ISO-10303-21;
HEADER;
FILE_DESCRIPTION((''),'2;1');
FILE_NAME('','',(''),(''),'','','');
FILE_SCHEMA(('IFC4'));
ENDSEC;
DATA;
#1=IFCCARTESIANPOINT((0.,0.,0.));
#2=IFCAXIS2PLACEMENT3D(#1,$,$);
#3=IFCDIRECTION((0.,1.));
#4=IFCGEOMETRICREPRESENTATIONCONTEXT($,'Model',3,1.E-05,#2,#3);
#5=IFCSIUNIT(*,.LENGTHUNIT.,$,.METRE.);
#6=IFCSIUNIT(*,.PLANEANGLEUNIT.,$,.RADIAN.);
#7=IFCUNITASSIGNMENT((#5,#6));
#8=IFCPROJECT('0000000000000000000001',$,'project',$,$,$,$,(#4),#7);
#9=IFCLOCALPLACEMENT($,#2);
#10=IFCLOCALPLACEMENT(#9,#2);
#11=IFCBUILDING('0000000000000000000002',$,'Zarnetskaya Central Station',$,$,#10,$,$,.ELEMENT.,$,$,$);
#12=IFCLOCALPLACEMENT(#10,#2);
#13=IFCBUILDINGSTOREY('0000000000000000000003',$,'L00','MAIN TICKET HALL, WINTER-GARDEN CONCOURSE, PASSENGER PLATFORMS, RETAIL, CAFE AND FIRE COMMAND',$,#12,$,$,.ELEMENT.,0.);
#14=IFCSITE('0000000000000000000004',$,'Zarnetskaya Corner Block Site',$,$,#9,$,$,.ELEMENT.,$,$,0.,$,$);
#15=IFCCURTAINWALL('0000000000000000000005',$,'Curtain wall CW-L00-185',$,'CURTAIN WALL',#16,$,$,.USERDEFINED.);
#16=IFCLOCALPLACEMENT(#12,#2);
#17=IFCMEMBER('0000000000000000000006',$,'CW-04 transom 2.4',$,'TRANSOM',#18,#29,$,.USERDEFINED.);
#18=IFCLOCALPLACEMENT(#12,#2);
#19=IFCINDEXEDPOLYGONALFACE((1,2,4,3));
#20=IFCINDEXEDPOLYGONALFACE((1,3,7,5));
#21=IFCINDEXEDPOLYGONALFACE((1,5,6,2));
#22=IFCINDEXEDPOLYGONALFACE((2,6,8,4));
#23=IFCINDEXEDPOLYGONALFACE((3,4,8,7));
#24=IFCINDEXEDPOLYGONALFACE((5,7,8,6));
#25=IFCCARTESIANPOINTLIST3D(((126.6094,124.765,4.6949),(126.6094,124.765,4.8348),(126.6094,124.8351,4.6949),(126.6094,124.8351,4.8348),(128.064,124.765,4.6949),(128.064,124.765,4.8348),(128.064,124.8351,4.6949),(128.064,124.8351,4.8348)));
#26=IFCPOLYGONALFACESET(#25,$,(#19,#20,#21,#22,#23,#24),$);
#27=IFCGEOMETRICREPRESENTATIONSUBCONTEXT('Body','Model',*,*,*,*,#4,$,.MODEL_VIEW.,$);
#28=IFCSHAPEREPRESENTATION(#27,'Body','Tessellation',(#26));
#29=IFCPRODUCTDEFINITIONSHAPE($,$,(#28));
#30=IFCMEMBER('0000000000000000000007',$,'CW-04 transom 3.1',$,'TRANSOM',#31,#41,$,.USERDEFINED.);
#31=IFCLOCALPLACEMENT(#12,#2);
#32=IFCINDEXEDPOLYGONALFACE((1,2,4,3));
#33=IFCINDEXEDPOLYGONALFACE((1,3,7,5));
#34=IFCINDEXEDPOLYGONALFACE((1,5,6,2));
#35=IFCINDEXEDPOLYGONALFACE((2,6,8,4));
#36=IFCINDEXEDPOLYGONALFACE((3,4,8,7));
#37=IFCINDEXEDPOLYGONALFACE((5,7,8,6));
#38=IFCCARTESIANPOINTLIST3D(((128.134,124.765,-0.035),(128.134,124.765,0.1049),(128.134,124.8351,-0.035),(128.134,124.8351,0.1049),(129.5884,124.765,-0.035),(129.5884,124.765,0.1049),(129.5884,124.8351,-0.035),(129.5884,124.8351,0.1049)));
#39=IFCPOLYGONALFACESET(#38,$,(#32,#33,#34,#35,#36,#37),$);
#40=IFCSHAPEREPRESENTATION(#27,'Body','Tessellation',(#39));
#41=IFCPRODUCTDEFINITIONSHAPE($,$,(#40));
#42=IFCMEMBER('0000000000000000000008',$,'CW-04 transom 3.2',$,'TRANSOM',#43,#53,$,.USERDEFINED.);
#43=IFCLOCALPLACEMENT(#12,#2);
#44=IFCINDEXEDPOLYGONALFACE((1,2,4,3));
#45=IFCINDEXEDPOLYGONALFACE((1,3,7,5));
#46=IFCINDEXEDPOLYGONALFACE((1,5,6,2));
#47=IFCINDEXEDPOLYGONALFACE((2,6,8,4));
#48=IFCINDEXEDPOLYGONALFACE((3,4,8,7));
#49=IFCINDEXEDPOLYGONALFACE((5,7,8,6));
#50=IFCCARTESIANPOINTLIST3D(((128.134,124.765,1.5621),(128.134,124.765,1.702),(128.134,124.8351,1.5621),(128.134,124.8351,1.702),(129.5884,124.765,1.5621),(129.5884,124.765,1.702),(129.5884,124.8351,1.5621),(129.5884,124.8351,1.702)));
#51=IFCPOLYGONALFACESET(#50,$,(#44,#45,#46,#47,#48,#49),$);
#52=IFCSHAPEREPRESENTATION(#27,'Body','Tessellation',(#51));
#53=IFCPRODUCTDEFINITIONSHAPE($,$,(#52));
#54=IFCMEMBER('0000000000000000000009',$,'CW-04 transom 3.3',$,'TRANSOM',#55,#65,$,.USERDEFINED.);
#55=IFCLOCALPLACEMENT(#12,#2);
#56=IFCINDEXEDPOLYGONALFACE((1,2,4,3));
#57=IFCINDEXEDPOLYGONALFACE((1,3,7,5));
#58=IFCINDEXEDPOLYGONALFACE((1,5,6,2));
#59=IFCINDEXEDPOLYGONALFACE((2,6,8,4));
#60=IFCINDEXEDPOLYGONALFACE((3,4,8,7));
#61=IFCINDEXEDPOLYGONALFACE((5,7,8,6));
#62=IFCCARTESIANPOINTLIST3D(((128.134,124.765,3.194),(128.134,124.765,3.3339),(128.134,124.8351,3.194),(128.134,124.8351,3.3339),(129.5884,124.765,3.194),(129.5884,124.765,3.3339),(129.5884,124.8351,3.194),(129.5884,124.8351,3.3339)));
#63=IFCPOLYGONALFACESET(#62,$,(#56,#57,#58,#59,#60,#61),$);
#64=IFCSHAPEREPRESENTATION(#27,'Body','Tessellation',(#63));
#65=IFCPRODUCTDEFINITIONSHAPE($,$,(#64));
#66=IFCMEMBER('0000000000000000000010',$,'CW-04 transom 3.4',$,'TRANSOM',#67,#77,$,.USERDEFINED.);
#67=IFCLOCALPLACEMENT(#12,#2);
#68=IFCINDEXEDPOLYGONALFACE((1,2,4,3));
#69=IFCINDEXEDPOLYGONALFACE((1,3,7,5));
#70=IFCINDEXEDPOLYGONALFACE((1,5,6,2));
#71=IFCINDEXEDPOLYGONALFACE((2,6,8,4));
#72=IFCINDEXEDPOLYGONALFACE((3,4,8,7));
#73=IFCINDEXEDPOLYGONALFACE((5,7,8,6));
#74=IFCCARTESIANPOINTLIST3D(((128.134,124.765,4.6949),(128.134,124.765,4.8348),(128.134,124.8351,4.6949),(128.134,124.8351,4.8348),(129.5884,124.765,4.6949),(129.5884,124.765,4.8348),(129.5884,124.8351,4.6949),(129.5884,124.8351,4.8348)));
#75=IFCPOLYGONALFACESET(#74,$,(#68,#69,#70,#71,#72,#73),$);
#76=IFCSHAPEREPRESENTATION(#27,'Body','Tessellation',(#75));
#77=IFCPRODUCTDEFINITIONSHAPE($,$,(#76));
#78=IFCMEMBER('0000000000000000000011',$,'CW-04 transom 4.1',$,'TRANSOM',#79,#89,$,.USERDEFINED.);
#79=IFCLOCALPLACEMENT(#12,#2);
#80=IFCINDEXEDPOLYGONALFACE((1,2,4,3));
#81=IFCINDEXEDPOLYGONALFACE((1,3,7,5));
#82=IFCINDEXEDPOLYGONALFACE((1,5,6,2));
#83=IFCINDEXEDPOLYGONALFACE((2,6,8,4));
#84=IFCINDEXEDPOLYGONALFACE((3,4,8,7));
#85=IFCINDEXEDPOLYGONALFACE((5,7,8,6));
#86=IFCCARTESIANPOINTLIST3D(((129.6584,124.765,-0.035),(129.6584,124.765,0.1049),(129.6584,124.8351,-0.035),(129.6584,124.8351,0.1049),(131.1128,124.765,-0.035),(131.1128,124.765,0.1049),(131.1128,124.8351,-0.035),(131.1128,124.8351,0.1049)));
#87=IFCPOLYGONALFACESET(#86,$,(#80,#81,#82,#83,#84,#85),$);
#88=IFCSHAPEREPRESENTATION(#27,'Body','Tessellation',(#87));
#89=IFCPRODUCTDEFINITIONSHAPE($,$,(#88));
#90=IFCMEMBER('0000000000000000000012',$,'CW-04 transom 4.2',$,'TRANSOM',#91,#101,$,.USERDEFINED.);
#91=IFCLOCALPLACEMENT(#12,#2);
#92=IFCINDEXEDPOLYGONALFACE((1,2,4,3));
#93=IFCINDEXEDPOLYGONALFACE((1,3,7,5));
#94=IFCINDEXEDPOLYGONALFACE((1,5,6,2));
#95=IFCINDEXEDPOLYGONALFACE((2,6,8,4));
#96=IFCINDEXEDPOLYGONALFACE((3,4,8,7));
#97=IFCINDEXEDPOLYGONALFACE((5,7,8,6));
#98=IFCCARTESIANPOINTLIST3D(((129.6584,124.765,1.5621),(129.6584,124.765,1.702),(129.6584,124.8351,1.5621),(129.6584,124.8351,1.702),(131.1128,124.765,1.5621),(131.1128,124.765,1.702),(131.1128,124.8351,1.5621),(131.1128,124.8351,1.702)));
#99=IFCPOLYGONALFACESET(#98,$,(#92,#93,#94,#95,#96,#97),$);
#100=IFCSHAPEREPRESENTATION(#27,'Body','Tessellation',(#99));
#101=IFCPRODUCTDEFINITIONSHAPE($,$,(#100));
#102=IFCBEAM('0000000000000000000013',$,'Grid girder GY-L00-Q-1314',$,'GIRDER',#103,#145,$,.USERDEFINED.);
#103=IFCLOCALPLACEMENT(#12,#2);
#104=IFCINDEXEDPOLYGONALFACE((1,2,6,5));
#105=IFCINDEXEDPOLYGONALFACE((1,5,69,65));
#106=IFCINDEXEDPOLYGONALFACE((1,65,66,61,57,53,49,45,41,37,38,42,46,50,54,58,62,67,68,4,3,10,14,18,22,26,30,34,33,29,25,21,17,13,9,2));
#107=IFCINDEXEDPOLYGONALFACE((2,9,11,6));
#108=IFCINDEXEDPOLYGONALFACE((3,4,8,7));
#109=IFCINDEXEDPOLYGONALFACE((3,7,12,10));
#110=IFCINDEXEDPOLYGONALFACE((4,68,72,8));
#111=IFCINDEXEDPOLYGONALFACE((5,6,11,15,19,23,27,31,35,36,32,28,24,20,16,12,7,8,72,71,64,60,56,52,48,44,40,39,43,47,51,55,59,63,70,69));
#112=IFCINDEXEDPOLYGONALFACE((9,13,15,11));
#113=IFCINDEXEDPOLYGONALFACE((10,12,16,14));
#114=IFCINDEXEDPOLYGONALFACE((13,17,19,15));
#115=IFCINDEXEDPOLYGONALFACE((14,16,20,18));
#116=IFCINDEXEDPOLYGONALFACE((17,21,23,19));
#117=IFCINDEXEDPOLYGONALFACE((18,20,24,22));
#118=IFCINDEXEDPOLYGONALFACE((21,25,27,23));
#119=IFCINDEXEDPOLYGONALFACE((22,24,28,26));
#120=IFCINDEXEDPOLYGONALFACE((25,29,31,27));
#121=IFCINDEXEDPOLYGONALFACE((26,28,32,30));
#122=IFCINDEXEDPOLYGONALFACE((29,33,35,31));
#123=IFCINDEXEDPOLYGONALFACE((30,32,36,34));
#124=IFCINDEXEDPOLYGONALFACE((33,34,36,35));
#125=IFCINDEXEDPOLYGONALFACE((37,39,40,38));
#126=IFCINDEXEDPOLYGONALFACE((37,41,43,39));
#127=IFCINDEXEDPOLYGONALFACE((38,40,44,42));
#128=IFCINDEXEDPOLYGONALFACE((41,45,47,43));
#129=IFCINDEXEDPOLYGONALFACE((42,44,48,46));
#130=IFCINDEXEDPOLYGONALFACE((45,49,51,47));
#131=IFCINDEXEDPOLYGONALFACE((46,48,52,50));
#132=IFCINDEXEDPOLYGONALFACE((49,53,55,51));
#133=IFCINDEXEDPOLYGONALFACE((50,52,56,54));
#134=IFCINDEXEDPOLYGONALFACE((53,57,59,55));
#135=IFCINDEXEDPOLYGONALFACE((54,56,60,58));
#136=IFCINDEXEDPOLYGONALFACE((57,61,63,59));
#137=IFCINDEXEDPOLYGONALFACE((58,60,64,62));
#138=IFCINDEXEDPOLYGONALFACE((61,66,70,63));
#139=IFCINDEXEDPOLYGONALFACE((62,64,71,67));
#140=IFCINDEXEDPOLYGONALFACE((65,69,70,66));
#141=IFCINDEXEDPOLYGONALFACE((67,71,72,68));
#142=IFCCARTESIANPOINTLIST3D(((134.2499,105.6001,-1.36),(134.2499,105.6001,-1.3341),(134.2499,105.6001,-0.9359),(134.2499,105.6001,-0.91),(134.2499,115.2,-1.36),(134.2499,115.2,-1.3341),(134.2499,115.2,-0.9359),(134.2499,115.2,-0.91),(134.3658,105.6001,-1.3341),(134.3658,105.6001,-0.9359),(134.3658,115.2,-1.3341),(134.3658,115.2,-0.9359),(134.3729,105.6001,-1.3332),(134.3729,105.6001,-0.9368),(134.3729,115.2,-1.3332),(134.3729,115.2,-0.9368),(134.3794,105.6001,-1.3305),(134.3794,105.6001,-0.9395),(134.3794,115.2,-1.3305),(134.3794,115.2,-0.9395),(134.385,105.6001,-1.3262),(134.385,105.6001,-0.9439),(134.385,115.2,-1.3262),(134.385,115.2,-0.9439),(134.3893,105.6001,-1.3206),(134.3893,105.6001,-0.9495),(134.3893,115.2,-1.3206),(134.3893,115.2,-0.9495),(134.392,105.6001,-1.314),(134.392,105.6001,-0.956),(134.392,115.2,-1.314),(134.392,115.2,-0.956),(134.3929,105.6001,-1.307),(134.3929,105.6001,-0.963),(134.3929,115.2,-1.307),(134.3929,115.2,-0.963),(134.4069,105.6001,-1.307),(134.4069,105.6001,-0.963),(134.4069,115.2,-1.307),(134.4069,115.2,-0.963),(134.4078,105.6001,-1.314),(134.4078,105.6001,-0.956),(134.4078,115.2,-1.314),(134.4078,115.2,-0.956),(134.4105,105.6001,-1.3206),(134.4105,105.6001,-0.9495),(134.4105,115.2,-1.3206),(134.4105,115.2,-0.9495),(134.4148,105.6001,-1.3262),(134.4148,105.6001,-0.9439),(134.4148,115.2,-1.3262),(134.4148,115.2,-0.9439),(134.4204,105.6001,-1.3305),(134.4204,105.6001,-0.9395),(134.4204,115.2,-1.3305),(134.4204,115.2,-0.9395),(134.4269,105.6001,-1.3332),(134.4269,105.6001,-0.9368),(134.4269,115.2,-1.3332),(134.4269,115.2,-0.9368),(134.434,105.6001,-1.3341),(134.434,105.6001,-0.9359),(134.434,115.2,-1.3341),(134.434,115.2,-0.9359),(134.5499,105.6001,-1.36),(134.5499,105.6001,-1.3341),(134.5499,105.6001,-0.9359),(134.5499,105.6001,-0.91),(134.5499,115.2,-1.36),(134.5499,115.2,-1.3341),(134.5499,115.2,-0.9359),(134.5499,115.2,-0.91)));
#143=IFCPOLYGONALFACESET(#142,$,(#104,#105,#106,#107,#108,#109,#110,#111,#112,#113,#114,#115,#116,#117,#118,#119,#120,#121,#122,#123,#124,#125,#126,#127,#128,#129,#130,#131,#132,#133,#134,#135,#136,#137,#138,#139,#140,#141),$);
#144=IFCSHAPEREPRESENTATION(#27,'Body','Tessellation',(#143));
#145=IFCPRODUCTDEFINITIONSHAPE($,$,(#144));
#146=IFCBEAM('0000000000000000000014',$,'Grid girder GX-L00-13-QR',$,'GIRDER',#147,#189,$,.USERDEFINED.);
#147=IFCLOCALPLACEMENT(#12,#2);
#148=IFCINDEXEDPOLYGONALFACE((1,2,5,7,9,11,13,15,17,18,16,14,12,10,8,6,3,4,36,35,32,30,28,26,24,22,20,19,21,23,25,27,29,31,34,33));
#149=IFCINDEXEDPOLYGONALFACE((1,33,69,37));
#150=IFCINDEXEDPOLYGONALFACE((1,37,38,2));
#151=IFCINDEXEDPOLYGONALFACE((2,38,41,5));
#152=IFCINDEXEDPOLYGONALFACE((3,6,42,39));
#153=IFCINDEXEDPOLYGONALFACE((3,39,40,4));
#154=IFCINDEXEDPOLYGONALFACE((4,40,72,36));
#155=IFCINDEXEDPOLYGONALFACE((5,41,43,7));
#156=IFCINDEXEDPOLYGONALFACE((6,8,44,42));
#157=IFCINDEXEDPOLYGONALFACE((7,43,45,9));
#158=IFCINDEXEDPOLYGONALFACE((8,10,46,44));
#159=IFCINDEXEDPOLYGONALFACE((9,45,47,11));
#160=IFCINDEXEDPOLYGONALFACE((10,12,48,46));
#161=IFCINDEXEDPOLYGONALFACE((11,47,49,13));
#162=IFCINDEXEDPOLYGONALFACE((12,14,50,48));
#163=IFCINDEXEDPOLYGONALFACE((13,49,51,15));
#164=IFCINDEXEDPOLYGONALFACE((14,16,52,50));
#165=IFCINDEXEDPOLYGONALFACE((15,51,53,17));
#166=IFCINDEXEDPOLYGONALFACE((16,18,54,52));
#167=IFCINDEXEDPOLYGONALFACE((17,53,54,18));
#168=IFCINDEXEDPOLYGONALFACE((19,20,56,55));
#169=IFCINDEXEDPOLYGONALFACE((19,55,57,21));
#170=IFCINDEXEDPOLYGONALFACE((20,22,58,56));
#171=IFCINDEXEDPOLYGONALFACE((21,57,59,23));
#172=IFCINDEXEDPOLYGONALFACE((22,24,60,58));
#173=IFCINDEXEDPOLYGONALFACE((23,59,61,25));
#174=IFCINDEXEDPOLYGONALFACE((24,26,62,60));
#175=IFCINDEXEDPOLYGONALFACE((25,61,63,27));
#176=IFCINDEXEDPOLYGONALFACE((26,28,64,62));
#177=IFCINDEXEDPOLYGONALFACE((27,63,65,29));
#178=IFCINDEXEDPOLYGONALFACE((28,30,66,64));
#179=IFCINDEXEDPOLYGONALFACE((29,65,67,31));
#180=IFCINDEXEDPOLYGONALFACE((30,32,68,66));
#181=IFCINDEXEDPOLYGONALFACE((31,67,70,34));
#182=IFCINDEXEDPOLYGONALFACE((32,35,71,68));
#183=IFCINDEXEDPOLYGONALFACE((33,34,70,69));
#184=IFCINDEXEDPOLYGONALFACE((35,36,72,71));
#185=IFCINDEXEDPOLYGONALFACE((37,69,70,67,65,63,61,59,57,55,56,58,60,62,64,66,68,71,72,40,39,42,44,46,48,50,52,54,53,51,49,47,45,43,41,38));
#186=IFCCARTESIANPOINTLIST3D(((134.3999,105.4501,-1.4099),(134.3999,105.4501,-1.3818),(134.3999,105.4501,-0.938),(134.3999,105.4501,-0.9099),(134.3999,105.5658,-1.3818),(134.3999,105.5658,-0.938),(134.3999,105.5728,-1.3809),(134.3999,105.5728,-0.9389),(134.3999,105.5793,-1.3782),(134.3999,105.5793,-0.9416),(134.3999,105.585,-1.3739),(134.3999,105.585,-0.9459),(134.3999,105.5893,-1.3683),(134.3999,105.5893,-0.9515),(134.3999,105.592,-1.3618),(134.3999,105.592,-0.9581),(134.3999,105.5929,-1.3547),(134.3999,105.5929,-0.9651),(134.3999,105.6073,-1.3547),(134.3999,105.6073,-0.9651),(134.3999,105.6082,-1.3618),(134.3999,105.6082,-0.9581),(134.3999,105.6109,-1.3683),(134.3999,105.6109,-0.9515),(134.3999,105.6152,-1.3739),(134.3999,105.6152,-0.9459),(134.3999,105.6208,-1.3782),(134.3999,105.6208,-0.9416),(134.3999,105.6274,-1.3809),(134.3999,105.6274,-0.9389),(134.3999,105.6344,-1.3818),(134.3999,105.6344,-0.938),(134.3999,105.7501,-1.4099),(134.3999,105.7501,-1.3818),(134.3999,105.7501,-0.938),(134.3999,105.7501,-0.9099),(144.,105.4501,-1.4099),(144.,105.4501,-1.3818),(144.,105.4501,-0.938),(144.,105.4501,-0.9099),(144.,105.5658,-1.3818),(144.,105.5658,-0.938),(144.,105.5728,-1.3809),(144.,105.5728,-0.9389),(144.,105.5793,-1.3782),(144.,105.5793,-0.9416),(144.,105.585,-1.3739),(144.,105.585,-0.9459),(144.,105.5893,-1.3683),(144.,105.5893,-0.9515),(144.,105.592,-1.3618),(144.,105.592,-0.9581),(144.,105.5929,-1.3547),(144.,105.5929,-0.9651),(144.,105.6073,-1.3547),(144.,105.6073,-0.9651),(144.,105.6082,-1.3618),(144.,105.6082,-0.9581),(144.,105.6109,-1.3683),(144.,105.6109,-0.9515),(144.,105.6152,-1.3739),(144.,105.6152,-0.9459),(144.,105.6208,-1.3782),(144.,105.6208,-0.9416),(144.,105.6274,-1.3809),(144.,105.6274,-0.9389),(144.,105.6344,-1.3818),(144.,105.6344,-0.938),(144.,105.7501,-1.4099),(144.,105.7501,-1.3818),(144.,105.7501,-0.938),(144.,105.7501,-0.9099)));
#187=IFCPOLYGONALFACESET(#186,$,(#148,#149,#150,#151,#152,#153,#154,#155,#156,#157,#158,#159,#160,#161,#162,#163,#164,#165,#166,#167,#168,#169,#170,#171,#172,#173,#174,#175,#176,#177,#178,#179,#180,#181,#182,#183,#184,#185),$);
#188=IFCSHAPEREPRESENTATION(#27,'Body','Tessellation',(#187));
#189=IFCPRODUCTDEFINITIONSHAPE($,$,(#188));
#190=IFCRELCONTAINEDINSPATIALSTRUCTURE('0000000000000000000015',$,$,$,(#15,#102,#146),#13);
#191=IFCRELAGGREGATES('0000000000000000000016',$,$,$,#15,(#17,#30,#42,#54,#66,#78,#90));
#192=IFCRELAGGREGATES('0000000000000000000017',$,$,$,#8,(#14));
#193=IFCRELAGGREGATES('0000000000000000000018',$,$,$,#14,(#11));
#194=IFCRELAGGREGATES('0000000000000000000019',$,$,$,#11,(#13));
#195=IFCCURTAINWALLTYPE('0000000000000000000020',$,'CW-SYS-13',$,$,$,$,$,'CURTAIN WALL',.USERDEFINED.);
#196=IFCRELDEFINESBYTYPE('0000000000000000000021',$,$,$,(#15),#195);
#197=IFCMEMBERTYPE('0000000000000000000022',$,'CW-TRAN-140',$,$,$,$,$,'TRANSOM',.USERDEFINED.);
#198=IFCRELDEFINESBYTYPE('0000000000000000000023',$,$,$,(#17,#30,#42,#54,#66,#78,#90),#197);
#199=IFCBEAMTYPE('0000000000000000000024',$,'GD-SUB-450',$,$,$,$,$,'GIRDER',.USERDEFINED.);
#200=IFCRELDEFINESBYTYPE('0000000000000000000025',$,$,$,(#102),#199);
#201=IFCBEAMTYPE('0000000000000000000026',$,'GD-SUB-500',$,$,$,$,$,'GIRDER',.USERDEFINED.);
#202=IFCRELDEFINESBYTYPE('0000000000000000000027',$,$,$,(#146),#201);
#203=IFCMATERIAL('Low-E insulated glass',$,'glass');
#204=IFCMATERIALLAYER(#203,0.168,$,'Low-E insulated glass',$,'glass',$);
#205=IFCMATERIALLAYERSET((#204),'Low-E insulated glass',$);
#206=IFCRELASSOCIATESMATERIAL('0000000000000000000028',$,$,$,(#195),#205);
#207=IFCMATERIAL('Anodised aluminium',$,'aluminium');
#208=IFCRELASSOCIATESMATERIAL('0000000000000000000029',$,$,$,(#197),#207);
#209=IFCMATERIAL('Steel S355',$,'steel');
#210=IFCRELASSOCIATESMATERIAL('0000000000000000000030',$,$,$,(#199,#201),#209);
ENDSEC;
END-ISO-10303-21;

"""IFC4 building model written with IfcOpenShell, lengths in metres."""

from ifc_helpers import new_model, si_unit, direction, frame, origin, origin_2d, place, context, subcontext, project, spatial, rectangle, i_section, extrude, material, layer, layer_set, material_profile, profile_set, type_object, element, aggregate, save


model = new_model("IFC4")

# Units and contexts
model_context = context("Model", 3, precision=1e-05, world=origin(), true_north=direction((0.0, 1.0)))
body_context = subcontext(model_context, "Body", "Model", "MODEL_VIEW")
ifc_project = project(units=[si_unit("LENGTHUNIT", "METRE"), si_unit("PLANEANGLEUNIT", "RADIAN")], contexts=[model_context])

# Site, building, storey
site_placement = place(None, origin())
site = spatial("IfcSite", under=ifc_project, at=site_placement, Name="Zarnetskaya Corner Block Site", CompositionType="ELEMENT", RefElevation=0.0)
building_placement = place(site_placement, origin())
building = spatial("IfcBuilding", under=site, at=building_placement, Name="Zarnetskaya Central Station", CompositionType="ELEMENT")
storey_placement = place(building_placement, origin())
storey = spatial("IfcBuildingStorey", under=building, at=storey_placement, Name="L00", Description="MAIN TICKET HALL, WINTER-GARDEN CONCOURSE, PASSENGER PLATFORMS, RETAIL, CAFE AND FIRE COMMAND", CompositionType="ELEMENT", Elevation=0.0)

# Shared definitions
ifc_material_1 = material(Name="Steel S355", Category="steel")

# Curtain wall, members
ifc_material_2 = material(Name="Low-E insulated glass", Category="glass")
ifc_layer_1 = layer(ifc_material_2, 0.168, Name="Low-E insulated glass", Category="glass")
ifc_layer_set_1 = layer_set([ifc_layer_1], Name="Low-E insulated glass")
curtain_wall_type = type_object("IfcCurtainWallType", Name="CW-SYS-13", ElementType="CURTAIN WALL", PredefinedType="USERDEFINED", material=ifc_layer_set_1)
curtain_wall_placement = place(storey_placement, origin())
curtain_wall = element("IfcCurtainWall", 1, at=curtain_wall_placement, inside=storey, type_object=curtain_wall_type, Name="Curtain wall CW-L00-185", ObjectType="CURTAIN WALL", PredefinedType="USERDEFINED")
ifc_material_3 = material(Name="Anodised aluminium", Category="aluminium")
ifc_material_profile_1 = material_profile(ifc_material_3, rectangle(XDim=0.0701, YDim=0.1399, at=origin_2d()), Name="ALU TRAN 70x140")
ifc_profile_set_1 = profile_set([ifc_material_profile_1], Name="Anodised aluminium")
member_type_1 = type_object("IfcMemberType", Name="CW-TRAN-140", ElementType="TRANSOM", PredefinedType="USERDEFINED", material=ifc_profile_set_1)
member_1_placement = place(storey_placement, frame((126.6094, 124.8, 4.7649), z_axis=(1.0, 0.0, 0.0), x_axis=(0.0, 1.0, 0.0)))
member_1 = element("IfcMember", 2, at=member_1_placement, type_object=member_type_1, Name="CW-04 transom 2.4", ObjectType="TRANSOM", PredefinedType="USERDEFINED", context=body_context, shape_type="SweptSolid", body=[
    extrude(rectangle(XDim=0.0701, YDim=0.1399, at=origin_2d()), origin(), (0.0, 0.0, 1.0), 1.4546),
])
member_2_placement = place(storey_placement, frame((128.134, 124.8, 0.0349), z_axis=(1.0, 0.0, 0.0), x_axis=(0.0, 1.0, 0.0)))
member_2 = element("IfcMember", 3, at=member_2_placement, type_object=member_type_1, Name="CW-04 transom 3.1", ObjectType="TRANSOM", PredefinedType="USERDEFINED", context=body_context, shape_type="SweptSolid", body=[
    extrude(rectangle(XDim=0.0701, YDim=0.1399, at=origin_2d()), origin(), (0.0, 0.0, 1.0), 1.4543),
])
member_3_placement = place(storey_placement, frame((128.134, 124.8, 1.6321), z_axis=(1.0, 0.0, 0.0), x_axis=(0.0, 1.0, 0.0)))
member_3 = element("IfcMember", 4, at=member_3_placement, type_object=member_type_1, Name="CW-04 transom 3.2", ObjectType="TRANSOM", PredefinedType="USERDEFINED", context=body_context, shape_type="SweptSolid", body=[
    extrude(rectangle(XDim=0.0701, YDim=0.1399, at=origin_2d()), origin(), (0.0, 0.0, 1.0), 1.4543),
])
member_4_placement = place(storey_placement, frame((128.134, 124.8, 3.2639), z_axis=(1.0, 0.0, 0.0), x_axis=(0.0, 1.0, 0.0)))
member_4 = element("IfcMember", 5, at=member_4_placement, type_object=member_type_1, Name="CW-04 transom 3.3", ObjectType="TRANSOM", PredefinedType="USERDEFINED", context=body_context, shape_type="SweptSolid", body=[
    extrude(rectangle(XDim=0.0701, YDim=0.1399, at=origin_2d()), origin(), (0.0, 0.0, 1.0), 1.4543),
])
member_5_placement = place(storey_placement, frame((128.134, 124.8, 4.7649), z_axis=(1.0, 0.0, 0.0), x_axis=(0.0, 1.0, 0.0)))
member_5 = element("IfcMember", 6, at=member_5_placement, type_object=member_type_1, Name="CW-04 transom 3.4", ObjectType="TRANSOM", PredefinedType="USERDEFINED", context=body_context, shape_type="SweptSolid", body=[
    extrude(rectangle(XDim=0.0701, YDim=0.1399, at=origin_2d()), origin(), (0.0, 0.0, 1.0), 1.4543),
])
member_6_placement = place(storey_placement, frame((129.6584, 124.8, 0.0349), z_axis=(1.0, 0.0, 0.0), x_axis=(0.0, 1.0, 0.0)))
member_6 = element("IfcMember", 7, at=member_6_placement, type_object=member_type_1, Name="CW-04 transom 4.1", ObjectType="TRANSOM", PredefinedType="USERDEFINED", context=body_context, shape_type="SweptSolid", body=[
    extrude(rectangle(XDim=0.0701, YDim=0.1399, at=origin_2d()), origin(), (0.0, 0.0, 1.0), 1.4543),
])
member_7_placement = place(storey_placement, frame((129.6584, 124.8, 1.6321), z_axis=(1.0, 0.0, 0.0), x_axis=(0.0, 1.0, 0.0)))
member_7 = element("IfcMember", 8, at=member_7_placement, type_object=member_type_1, Name="CW-04 transom 4.2", ObjectType="TRANSOM", PredefinedType="USERDEFINED", context=body_context, shape_type="SweptSolid", body=[
    extrude(rectangle(XDim=0.0701, YDim=0.1399, at=origin_2d()), origin(), (0.0, 0.0, 1.0), 1.4543),
])

# Beams
ifc_material_profile_2 = material_profile(ifc_material_1, i_section(OverallWidth=0.3, OverallDepth=0.45, WebThickness=0.0139, FlangeThickness=0.0259, FilletRadius=0.0271, at=origin_2d()), Name="HEB 450")
ifc_profile_set_2 = profile_set([ifc_material_profile_2], Name="Steel S355")
beam_type_1 = type_object("IfcBeamType", Name="GD-SUB-450", ElementType="GIRDER", PredefinedType="USERDEFINED", material=ifc_profile_set_2)
beam_1_placement = place(storey_placement, frame((134.3999, 105.6001, -1.135), z_axis=(0.0, 1.0, 0.0), x_axis=(-1.0, 0.0, 0.0)))
element("IfcBeam", 9, at=beam_1_placement, inside=storey, type_object=beam_type_1, Name="Grid girder GY-L00-Q-1314", ObjectType="GIRDER", PredefinedType="USERDEFINED", context=body_context, shape_type="SweptSolid", body=[
    extrude(i_section(OverallWidth=0.3, OverallDepth=0.45, WebThickness=0.0139, FlangeThickness=0.0259, FilletRadius=0.0271, at=origin_2d()), origin(), (0.0, 0.0, 1.0), 9.5999),
])
ifc_material_profile_3 = material_profile(ifc_material_1, i_section(OverallWidth=0.3, OverallDepth=0.5, WebThickness=0.0144, FlangeThickness=0.0281, FilletRadius=0.0271, at=origin_2d()), Name="HEB 500")
ifc_profile_set_3 = profile_set([ifc_material_profile_3], Name="Steel S355")
beam_type_2 = type_object("IfcBeamType", Name="GD-SUB-500", ElementType="GIRDER", PredefinedType="USERDEFINED", material=ifc_profile_set_3)
beam_2_placement = place(storey_placement, frame((134.3999, 105.6001, -1.1599), z_axis=(1.0, 0.0, 0.0), x_axis=(0.0, 1.0, 0.0)))
element("IfcBeam", 10, at=beam_2_placement, inside=storey, type_object=beam_type_2, Name="Grid girder GX-L00-13-QR", ObjectType="GIRDER", PredefinedType="USERDEFINED", context=body_context, shape_type="SweptSolid", body=[
    extrude(i_section(OverallWidth=0.3, OverallDepth=0.5, WebThickness=0.0144, FlangeThickness=0.0281, FilletRadius=0.0271, at=origin_2d()), origin(), (0.0, 0.0, 1.0), 9.6001),
])

aggregate(curtain_wall, [member_1, member_2, member_3, member_4, member_5, member_6, member_7])

save(model, "model.ifc")
